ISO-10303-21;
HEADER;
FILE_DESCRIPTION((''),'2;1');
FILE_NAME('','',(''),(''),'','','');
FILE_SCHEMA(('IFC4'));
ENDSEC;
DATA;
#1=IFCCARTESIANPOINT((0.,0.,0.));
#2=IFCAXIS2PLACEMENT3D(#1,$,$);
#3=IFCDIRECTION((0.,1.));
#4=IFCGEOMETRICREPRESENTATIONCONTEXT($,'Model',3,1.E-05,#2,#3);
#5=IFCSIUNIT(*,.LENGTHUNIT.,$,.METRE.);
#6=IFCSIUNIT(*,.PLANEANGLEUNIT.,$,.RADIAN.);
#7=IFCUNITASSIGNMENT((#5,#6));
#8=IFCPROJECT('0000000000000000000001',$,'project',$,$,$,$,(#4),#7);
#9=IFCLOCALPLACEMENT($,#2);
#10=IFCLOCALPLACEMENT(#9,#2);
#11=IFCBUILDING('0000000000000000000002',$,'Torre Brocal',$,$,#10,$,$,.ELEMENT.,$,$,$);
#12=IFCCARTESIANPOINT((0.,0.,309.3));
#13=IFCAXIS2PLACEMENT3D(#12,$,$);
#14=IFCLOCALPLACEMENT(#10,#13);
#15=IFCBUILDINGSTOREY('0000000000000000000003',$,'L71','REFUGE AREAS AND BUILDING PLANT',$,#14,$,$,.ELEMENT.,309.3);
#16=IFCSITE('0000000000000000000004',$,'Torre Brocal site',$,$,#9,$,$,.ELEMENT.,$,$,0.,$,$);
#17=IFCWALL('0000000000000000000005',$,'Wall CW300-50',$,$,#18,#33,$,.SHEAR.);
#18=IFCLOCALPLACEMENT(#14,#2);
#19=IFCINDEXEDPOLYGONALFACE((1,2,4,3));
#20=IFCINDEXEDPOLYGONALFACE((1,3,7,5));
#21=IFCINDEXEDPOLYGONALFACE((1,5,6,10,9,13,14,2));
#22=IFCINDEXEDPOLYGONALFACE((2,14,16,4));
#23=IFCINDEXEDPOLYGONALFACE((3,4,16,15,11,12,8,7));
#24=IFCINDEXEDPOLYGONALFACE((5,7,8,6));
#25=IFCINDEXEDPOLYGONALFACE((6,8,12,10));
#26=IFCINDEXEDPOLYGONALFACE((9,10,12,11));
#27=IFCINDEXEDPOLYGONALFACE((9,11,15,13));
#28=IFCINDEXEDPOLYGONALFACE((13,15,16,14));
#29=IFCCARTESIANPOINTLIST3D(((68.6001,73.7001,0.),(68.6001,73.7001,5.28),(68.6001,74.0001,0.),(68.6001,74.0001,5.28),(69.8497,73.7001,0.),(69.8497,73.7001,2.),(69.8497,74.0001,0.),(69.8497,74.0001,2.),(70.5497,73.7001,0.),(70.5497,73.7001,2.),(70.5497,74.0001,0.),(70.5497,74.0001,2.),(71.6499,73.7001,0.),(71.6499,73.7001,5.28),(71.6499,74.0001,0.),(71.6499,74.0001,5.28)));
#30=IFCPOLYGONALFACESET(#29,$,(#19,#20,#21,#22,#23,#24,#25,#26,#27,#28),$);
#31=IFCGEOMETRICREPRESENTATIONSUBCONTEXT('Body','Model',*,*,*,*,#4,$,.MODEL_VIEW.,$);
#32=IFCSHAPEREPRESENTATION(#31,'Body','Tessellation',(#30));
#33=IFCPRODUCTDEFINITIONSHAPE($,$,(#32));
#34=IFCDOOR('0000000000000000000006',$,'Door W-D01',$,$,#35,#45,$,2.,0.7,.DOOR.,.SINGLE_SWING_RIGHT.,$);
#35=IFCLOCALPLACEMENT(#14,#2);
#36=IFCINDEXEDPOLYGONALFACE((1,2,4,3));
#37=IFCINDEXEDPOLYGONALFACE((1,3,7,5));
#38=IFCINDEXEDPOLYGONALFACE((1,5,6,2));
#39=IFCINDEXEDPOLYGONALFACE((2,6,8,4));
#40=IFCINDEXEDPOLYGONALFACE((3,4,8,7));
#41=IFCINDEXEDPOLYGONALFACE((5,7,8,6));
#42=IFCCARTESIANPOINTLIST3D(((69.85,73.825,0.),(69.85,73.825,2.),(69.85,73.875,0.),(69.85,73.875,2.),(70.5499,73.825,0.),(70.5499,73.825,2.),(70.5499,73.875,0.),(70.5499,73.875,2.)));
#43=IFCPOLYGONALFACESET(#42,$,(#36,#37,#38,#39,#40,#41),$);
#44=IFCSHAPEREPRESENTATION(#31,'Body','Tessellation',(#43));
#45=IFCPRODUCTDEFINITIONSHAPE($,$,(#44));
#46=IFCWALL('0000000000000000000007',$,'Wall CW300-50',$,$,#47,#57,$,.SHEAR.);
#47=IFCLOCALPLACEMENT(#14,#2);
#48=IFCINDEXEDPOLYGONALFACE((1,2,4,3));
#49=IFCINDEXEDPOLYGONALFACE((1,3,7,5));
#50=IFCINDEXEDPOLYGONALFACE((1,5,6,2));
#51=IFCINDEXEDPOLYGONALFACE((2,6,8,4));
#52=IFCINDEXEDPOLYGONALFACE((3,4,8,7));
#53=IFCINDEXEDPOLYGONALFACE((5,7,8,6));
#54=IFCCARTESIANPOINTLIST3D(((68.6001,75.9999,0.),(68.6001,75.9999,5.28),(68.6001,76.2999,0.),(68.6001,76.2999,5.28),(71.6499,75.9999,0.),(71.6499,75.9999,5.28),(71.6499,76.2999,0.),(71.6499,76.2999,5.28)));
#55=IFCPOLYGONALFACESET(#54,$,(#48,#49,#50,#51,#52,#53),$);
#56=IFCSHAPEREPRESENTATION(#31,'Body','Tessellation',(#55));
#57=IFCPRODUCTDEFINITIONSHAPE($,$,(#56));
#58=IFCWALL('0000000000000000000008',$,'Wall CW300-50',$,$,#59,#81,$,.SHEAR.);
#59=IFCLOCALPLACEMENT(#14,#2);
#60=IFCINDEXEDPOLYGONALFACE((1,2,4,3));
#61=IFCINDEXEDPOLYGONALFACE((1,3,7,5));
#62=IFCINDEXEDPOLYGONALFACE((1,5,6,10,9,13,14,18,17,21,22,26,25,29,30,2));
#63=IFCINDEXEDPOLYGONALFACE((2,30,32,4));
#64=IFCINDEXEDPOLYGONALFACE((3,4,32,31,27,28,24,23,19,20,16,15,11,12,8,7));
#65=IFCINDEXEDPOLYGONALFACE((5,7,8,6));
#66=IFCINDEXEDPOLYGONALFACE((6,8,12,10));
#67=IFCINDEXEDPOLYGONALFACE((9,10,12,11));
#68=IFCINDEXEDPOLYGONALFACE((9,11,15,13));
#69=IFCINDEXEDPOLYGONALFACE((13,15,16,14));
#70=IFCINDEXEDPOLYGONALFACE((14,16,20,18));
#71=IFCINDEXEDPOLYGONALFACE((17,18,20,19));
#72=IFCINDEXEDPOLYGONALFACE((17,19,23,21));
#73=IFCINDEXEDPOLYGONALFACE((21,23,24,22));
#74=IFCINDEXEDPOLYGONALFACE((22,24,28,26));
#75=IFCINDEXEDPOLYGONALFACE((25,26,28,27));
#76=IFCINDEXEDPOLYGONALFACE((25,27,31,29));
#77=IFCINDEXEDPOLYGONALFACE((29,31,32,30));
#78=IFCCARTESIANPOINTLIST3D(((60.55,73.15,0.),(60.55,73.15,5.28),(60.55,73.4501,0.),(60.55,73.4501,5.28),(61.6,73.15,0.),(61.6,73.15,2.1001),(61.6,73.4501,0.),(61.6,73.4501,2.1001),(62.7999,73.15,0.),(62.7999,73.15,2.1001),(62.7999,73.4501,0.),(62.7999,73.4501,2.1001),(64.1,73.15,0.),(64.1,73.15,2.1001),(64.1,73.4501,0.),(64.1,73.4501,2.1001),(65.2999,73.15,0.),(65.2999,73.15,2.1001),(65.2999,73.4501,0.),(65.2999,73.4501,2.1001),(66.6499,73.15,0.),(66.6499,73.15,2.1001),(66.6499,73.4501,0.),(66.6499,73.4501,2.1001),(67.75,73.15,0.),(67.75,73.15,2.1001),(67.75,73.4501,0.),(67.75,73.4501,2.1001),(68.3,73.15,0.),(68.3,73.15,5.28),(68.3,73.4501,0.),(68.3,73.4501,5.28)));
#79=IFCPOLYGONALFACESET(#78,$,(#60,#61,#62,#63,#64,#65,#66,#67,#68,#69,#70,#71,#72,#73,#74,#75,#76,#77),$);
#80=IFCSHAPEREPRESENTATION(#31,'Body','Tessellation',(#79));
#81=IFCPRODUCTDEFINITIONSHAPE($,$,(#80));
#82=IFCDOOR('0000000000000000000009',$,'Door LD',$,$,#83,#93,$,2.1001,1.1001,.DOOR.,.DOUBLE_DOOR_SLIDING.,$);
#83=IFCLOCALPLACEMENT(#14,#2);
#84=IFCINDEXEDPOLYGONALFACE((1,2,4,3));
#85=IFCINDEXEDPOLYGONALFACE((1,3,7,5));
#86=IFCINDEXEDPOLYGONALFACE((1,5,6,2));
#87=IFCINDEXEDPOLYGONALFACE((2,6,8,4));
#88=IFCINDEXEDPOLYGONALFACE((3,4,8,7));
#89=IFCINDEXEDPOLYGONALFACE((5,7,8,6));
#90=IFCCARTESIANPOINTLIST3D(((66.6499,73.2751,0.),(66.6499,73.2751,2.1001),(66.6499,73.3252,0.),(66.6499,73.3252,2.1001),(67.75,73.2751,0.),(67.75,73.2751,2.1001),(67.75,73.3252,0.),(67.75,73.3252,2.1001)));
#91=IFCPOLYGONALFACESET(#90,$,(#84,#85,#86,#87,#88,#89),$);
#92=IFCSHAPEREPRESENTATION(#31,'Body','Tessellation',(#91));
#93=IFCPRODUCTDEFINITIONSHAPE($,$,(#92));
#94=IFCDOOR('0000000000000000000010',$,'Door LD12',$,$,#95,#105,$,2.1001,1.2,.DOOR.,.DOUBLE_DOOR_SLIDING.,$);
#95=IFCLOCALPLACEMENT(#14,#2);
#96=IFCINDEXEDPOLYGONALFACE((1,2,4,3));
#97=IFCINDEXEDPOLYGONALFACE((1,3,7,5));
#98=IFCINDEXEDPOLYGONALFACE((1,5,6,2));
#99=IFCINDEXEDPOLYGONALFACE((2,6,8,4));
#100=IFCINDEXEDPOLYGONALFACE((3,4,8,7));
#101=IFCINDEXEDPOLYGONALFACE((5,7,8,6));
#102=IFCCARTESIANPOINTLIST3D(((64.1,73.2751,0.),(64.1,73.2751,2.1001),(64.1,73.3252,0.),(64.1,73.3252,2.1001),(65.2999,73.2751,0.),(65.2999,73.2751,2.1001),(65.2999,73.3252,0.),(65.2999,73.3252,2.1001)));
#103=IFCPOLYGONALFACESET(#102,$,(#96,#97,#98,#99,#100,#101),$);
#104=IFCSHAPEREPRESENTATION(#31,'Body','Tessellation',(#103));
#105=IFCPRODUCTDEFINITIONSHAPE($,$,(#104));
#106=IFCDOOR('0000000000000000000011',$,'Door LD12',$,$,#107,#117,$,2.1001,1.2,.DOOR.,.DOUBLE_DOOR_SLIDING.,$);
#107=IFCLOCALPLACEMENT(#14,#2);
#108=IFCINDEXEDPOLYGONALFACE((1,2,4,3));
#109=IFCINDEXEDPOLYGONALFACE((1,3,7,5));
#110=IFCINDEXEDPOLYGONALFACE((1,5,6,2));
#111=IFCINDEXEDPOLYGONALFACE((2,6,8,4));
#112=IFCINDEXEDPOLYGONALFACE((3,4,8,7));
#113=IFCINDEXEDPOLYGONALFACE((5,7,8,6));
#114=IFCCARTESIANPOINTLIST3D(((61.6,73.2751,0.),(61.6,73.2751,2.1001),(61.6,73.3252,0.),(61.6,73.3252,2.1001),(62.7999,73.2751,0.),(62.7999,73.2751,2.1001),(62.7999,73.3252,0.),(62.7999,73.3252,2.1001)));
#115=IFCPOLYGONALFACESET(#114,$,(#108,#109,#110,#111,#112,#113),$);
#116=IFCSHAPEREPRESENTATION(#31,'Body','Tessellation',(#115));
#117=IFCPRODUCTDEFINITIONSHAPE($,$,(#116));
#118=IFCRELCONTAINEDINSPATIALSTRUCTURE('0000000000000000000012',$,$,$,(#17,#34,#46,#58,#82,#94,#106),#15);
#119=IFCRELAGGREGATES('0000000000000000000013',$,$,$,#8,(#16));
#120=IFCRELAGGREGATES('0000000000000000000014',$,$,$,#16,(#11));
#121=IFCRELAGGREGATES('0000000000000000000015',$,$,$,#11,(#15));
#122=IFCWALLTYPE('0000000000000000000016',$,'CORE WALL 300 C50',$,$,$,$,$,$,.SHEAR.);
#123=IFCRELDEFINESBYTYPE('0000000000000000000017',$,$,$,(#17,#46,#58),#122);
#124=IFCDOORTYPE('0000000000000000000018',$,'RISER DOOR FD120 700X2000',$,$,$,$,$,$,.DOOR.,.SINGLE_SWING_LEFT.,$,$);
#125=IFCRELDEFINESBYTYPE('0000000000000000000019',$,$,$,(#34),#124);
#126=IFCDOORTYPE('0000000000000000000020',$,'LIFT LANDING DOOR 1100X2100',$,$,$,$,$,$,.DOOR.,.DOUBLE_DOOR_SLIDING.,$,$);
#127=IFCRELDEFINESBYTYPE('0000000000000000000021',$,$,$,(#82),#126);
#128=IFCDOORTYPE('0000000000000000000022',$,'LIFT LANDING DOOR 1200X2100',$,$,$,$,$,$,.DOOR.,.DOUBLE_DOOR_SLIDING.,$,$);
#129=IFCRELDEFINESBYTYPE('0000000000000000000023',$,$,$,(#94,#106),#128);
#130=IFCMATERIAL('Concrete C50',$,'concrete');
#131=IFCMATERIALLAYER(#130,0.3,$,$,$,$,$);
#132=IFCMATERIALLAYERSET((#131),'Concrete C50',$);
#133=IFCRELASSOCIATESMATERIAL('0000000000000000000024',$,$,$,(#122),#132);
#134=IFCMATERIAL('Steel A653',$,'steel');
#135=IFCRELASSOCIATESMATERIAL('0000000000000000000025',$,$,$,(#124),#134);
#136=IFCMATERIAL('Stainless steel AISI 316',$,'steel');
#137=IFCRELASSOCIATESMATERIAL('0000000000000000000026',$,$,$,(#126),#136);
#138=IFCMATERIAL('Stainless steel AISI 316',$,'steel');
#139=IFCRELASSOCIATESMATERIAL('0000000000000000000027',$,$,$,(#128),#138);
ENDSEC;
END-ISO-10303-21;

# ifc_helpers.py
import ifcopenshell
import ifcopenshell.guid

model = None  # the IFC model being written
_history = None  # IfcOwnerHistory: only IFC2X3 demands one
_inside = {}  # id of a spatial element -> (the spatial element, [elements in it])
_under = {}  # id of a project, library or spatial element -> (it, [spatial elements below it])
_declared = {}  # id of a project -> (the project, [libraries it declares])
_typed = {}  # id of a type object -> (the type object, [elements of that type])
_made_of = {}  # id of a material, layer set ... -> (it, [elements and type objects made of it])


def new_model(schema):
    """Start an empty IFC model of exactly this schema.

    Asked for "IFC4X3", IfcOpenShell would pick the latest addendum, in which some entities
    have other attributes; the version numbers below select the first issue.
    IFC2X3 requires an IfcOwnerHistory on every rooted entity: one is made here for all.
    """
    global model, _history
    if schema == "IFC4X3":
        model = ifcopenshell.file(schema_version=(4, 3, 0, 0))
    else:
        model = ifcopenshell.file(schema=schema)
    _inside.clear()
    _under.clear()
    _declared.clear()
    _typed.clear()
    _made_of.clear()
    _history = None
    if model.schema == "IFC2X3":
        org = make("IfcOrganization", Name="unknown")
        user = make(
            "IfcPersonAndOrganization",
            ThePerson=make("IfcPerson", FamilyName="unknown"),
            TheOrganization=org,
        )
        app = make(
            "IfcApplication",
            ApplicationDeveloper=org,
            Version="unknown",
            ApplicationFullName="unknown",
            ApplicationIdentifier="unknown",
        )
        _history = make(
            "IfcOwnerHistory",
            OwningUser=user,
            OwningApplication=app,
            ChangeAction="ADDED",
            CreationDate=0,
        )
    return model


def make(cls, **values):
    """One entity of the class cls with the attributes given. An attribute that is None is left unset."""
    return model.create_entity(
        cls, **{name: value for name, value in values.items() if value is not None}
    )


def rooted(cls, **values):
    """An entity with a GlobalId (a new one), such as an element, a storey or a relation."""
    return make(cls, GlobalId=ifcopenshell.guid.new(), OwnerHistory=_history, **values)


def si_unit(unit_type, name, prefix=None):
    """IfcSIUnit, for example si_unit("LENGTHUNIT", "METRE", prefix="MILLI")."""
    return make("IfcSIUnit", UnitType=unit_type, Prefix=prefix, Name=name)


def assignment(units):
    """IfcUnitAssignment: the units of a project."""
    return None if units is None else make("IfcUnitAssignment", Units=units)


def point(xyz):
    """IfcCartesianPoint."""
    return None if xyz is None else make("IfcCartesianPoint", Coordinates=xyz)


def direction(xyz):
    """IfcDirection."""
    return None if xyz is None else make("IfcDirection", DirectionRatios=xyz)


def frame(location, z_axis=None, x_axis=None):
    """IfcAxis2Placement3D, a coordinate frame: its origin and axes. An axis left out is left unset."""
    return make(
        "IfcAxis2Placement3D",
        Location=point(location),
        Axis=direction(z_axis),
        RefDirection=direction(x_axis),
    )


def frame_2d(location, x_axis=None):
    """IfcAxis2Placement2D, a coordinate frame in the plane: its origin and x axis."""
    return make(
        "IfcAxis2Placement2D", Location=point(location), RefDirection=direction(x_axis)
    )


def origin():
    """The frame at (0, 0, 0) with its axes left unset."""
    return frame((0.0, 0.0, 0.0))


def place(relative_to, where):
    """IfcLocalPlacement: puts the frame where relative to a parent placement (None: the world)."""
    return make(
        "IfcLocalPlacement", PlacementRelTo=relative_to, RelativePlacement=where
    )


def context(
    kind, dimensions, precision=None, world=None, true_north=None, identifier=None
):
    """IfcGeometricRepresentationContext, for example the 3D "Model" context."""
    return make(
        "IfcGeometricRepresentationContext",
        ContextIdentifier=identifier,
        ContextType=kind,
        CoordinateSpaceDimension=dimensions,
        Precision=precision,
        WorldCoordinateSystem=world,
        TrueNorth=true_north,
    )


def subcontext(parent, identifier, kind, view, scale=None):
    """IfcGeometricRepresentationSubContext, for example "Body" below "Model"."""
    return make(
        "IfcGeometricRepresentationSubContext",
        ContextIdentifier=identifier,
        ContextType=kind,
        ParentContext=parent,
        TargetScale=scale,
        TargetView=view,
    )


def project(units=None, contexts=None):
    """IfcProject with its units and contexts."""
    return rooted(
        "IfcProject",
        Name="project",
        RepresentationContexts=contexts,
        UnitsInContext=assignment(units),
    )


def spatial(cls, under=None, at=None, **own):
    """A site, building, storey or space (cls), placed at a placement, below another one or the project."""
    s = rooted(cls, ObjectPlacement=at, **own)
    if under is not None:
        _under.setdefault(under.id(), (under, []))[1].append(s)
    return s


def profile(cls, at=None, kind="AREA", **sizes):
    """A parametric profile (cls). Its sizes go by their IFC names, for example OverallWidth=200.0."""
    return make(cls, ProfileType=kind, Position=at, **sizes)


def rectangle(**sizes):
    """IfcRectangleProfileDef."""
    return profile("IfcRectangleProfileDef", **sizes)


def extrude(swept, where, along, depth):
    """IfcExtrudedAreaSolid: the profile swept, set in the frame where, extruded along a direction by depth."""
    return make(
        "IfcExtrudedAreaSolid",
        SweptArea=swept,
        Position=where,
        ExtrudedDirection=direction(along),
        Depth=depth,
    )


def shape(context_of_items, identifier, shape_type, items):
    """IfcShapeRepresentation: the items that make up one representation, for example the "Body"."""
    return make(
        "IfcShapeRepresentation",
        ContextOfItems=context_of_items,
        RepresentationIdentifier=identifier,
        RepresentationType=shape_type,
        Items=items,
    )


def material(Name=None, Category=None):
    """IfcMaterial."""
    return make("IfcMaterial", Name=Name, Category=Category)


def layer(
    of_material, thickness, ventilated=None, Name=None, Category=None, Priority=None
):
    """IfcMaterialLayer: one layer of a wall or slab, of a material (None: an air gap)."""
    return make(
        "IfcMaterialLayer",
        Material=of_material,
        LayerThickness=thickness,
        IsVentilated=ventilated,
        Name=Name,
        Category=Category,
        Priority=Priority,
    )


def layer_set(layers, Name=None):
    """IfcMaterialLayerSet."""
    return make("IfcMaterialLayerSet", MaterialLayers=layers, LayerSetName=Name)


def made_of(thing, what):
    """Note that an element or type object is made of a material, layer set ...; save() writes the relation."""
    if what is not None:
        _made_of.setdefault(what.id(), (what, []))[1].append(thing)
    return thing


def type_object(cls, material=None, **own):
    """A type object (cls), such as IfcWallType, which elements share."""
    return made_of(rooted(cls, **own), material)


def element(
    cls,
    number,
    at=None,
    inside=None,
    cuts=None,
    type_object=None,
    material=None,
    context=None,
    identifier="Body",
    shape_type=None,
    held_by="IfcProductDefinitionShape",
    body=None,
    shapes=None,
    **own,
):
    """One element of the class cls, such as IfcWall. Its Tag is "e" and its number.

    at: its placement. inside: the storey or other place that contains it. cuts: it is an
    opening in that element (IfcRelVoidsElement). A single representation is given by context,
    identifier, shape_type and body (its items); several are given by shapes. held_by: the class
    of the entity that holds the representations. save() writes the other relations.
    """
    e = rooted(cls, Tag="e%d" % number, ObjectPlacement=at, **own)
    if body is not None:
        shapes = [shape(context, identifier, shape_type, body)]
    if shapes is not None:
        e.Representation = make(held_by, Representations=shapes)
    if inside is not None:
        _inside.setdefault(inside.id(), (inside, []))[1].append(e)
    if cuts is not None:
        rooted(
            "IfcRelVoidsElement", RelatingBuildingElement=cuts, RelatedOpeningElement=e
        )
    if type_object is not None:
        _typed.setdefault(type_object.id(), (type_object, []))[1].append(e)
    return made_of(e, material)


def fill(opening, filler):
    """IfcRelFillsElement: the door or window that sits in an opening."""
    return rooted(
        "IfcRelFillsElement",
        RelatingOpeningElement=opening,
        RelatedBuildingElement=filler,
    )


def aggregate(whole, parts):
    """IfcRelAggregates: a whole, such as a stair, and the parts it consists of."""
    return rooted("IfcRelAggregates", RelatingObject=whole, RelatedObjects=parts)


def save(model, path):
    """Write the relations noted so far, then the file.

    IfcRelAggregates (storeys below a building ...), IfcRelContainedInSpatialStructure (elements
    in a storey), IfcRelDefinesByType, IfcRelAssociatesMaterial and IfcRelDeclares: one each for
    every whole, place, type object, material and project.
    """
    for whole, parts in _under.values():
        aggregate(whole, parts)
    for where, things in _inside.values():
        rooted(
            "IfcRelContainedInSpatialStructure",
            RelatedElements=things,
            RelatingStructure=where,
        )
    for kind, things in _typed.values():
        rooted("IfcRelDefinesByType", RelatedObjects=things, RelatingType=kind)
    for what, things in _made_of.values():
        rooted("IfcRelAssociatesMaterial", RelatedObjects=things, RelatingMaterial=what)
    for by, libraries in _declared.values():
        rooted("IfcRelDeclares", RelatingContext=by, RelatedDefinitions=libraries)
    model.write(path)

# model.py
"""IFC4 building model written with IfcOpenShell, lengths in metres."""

from ifc_helpers import new_model, si_unit, direction, frame, frame_2d, origin, place, context, subcontext, project, spatial, rectangle, extrude, material, layer, layer_set, type_object, element, fill, save


model = new_model("IFC4")

# Units and contexts
model_context = context("Model", 3, precision=1e-05, world=origin(), true_north=direction((0.0, 1.0)))
body_context = subcontext(model_context, "Body", "Model", "MODEL_VIEW")
ifc_project = project(units=[si_unit("LENGTHUNIT", "METRE"), si_unit("PLANEANGLEUNIT", "RADIAN")], contexts=[model_context])

# Site, building, storey
site_placement = place(None, origin())
site = spatial("IfcSite", under=ifc_project, at=site_placement, Name="Torre Brocal site", CompositionType="ELEMENT", RefElevation=0.0)
building_placement = place(site_placement, origin())
building = spatial("IfcBuilding", under=site, at=building_placement, Name="Torre Brocal", CompositionType="ELEMENT")
storey_placement = place(building_placement, frame((0.0, 0.0, 309.3)))
storey = spatial("IfcBuildingStorey", under=building, at=storey_placement, Name="L71", Description="REFUGE AREAS AND BUILDING PLANT", CompositionType="ELEMENT", Elevation=309.3)

# Wall, opening, door
ifc_material_1 = material(Name="Concrete C50", Category="concrete")
ifc_layer_1 = layer(ifc_material_1, 0.3)
ifc_layer_set_1 = layer_set([ifc_layer_1], Name="Concrete C50")
wall_type_1 = type_object("IfcWallType", Name="CORE WALL 300 C50", PredefinedType="SHEAR", material=ifc_layer_set_1)
wall_1_placement = place(storey_placement, frame((71.6499, 73.8501, 0.0), z_axis=(0.0, 0.0, 1.0), x_axis=(-1.0, 0.0, 0.0)))
wall_1 = element("IfcWall", 1, at=wall_1_placement, inside=storey, type_object=wall_type_1, Name="Wall CW300-50", PredefinedType="SHEAR", context=body_context, shape_type="SweptSolid", body=[
    extrude(rectangle(XDim=3.0498, YDim=0.3, at=frame_2d((1.5249, 0.0))), origin(), (0.0, 0.0, 1.0), 5.28),
])
opening_1_placement = place(wall_1_placement, frame((1.1001, 0.0, 0.0)))
opening_1 = element("IfcOpeningElement", 2, at=opening_1_placement, cuts=wall_1, PredefinedType="OPENING", context=body_context, shape_type="SweptSolid", body=[
    extrude(rectangle(XDim=0.7, YDim=2.0, at=frame_2d((0.3501, 1.0))), frame((0.0, 0.1599, 0.0), z_axis=(0.0, -1.0, 0.0), x_axis=(1.0, 0.0, 0.0)), (0.0, 0.0, 1.0), 0.3201),
])
ifc_material_2 = material(Name="Steel A653", Category="steel")
door_type_1 = type_object("IfcDoorType", Name="RISER DOOR FD120 700X2000", OperationType="SINGLE_SWING_LEFT", PredefinedType="DOOR", material=ifc_material_2)
door_1_placement = place(opening_1_placement, frame((0.7, 0.0, 0.0), z_axis=(0.0, 0.0, 1.0), x_axis=(-1.0, 0.0, 0.0)))
door_1 = element("IfcDoor", 3, at=door_1_placement, inside=storey, type_object=door_type_1, Name="Door W-D01", OperationType="SINGLE_SWING_RIGHT", OverallHeight=2.0, OverallWidth=0.7, PredefinedType="DOOR", context=body_context, shape_type="SweptSolid", body=[
    extrude(rectangle(XDim=0.7, YDim=2.0, at=frame_2d((0.3501, 1.0))), frame((0.0, 0.0249, 0.0), z_axis=(0.0, -1.0, 0.0), x_axis=(1.0, 0.0, 0.0)), (0.0, 0.0, 1.0), 0.05),
])
fill(opening_1, door_1)

# Wall
wall_2_placement = place(storey_placement, frame((71.6499, 76.1499, 0.0), z_axis=(0.0, 0.0, 1.0), x_axis=(-1.0, 0.0, 0.0)))
element("IfcWall", 4, at=wall_2_placement, inside=storey, type_object=wall_type_1, Name="Wall CW300-50", PredefinedType="SHEAR", context=body_context, shape_type="SweptSolid", body=[
    extrude(rectangle(XDim=3.0498, YDim=0.3, at=frame_2d((1.5249, 0.0))), origin(), (0.0, 0.0, 1.0), 5.28),
])

# Wall, openings, doors
wall_3_placement = place(storey_placement, frame((68.3, 73.3, 0.0), z_axis=(0.0, 0.0, 1.0), x_axis=(-1.0, 0.0, 0.0)))
wall_3 = element("IfcWall", 5, at=wall_3_placement, inside=storey, type_object=wall_type_1, Name="Wall CW300-50", PredefinedType="SHEAR", context=body_context, shape_type="SweptSolid", body=[
    extrude(rectangle(XDim=7.75, YDim=0.3, at=frame_2d((3.875, 0.0))), origin(), (0.0, 0.0, 1.0), 5.28),
])
opening_2_placement = place(wall_3_placement, frame((0.55, 0.0, 0.0)))
opening_2 = element("IfcOpeningElement", 6, at=opening_2_placement, cuts=wall_3, PredefinedType="OPENING", context=body_context, shape_type="SweptSolid", body=[
    extrude(rectangle(XDim=1.1001, YDim=2.1001, at=frame_2d((0.55, 1.05))), frame((0.0, 0.1599, 0.0), z_axis=(0.0, -1.0, 0.0), x_axis=(1.0, 0.0, 0.0)), (0.0, 0.0, 1.0), 0.3201),
])
opening_3_placement = place(wall_3_placement, frame((3.0, 0.0, 0.0)))
opening_3 = element("IfcOpeningElement", 7, at=opening_3_placement, cuts=wall_3, PredefinedType="OPENING", context=body_context, shape_type="SweptSolid", body=[
    extrude(rectangle(XDim=1.2, YDim=2.1001, at=frame_2d((0.6001, 1.05))), frame((0.0, 0.1599, 0.0), z_axis=(0.0, -1.0, 0.0), x_axis=(1.0, 0.0, 0.0)), (0.0, 0.0, 1.0), 0.3201),
])
opening_4_placement = place(wall_3_placement, frame((5.5, 0.0, 0.0)))
opening_4 = element("IfcOpeningElement", 8, at=opening_4_placement, cuts=wall_3, PredefinedType="OPENING", context=body_context, shape_type="SweptSolid", body=[
    extrude(rectangle(XDim=1.2, YDim=2.1001, at=frame_2d((0.6001, 1.05))), frame((0.0, 0.1599, 0.0), z_axis=(0.0, -1.0, 0.0), x_axis=(1.0, 0.0, 0.0)), (0.0, 0.0, 1.0), 0.3201),
])
ifc_material_3 = material(Name="Stainless steel AISI 316", Category="steel")
door_type_2 = type_object("IfcDoorType", Name="LIFT LANDING DOOR 1100X2100", OperationType="DOUBLE_DOOR_SLIDING", PredefinedType="DOOR", material=ifc_material_3)
door_2_placement = place(opening_2_placement, origin())
door_2 = element("IfcDoor", 9, at=door_2_placement, inside=storey, type_object=door_type_2, Name="Door LD", OperationType="DOUBLE_DOOR_SLIDING", OverallHeight=2.1001, OverallWidth=1.1001, PredefinedType="DOOR", context=body_context, shape_type="SweptSolid", body=[
    extrude(rectangle(XDim=1.1001, YDim=2.1001, at=frame_2d((0.55, 1.05))), frame((0.0, 0.0249, 0.0), z_axis=(0.0, -1.0, 0.0), x_axis=(1.0, 0.0, 0.0)), (0.0, 0.0, 1.0), 0.05),
])
fill(opening_2, door_2)
ifc_material_4 = material(Name="Stainless steel AISI 316", Category="steel")
door_type_3 = type_object("IfcDoorType", Name="LIFT LANDING DOOR 1200X2100", OperationType="DOUBLE_DOOR_SLIDING", PredefinedType="DOOR", material=ifc_material_4)
door_3_placement = place(opening_3_placement, origin())
door_3 = element("IfcDoor", 10, at=door_3_placement, inside=storey, type_object=door_type_3, Name="Door LD12", OperationType="DOUBLE_DOOR_SLIDING", OverallHeight=2.1001, OverallWidth=1.2, PredefinedType="DOOR", context=body_context, shape_type="SweptSolid", body=[
    extrude(rectangle(XDim=1.2, YDim=2.1001, at=frame_2d((0.6001, 1.05))), frame((0.0, 0.0249, 0.0), z_axis=(0.0, -1.0, 0.0), x_axis=(1.0, 0.0, 0.0)), (0.0, 0.0, 1.0), 0.05),
])
fill(opening_3, door_3)
door_4_placement = place(opening_4_placement, origin())
door_4 = element("IfcDoor", 11, at=door_4_placement, inside=storey, type_object=door_type_3, Name="Door LD12", OperationType="DOUBLE_DOOR_SLIDING", OverallHeight=2.1001, OverallWidth=1.2, PredefinedType="DOOR", context=body_context, shape_type="SweptSolid", body=[
    extrude(rectangle(XDim=1.2, YDim=2.1001, at=frame_2d((0.6001, 1.05))), frame((0.0, 0.0249, 0.0), z_axis=(0.0, -1.0, 0.0), x_axis=(1.0, 0.0, 0.0)), (0.0, 0.0, 1.0), 0.05),
])
fill(opening_4, door_4)

save(model, "model.ifc")
